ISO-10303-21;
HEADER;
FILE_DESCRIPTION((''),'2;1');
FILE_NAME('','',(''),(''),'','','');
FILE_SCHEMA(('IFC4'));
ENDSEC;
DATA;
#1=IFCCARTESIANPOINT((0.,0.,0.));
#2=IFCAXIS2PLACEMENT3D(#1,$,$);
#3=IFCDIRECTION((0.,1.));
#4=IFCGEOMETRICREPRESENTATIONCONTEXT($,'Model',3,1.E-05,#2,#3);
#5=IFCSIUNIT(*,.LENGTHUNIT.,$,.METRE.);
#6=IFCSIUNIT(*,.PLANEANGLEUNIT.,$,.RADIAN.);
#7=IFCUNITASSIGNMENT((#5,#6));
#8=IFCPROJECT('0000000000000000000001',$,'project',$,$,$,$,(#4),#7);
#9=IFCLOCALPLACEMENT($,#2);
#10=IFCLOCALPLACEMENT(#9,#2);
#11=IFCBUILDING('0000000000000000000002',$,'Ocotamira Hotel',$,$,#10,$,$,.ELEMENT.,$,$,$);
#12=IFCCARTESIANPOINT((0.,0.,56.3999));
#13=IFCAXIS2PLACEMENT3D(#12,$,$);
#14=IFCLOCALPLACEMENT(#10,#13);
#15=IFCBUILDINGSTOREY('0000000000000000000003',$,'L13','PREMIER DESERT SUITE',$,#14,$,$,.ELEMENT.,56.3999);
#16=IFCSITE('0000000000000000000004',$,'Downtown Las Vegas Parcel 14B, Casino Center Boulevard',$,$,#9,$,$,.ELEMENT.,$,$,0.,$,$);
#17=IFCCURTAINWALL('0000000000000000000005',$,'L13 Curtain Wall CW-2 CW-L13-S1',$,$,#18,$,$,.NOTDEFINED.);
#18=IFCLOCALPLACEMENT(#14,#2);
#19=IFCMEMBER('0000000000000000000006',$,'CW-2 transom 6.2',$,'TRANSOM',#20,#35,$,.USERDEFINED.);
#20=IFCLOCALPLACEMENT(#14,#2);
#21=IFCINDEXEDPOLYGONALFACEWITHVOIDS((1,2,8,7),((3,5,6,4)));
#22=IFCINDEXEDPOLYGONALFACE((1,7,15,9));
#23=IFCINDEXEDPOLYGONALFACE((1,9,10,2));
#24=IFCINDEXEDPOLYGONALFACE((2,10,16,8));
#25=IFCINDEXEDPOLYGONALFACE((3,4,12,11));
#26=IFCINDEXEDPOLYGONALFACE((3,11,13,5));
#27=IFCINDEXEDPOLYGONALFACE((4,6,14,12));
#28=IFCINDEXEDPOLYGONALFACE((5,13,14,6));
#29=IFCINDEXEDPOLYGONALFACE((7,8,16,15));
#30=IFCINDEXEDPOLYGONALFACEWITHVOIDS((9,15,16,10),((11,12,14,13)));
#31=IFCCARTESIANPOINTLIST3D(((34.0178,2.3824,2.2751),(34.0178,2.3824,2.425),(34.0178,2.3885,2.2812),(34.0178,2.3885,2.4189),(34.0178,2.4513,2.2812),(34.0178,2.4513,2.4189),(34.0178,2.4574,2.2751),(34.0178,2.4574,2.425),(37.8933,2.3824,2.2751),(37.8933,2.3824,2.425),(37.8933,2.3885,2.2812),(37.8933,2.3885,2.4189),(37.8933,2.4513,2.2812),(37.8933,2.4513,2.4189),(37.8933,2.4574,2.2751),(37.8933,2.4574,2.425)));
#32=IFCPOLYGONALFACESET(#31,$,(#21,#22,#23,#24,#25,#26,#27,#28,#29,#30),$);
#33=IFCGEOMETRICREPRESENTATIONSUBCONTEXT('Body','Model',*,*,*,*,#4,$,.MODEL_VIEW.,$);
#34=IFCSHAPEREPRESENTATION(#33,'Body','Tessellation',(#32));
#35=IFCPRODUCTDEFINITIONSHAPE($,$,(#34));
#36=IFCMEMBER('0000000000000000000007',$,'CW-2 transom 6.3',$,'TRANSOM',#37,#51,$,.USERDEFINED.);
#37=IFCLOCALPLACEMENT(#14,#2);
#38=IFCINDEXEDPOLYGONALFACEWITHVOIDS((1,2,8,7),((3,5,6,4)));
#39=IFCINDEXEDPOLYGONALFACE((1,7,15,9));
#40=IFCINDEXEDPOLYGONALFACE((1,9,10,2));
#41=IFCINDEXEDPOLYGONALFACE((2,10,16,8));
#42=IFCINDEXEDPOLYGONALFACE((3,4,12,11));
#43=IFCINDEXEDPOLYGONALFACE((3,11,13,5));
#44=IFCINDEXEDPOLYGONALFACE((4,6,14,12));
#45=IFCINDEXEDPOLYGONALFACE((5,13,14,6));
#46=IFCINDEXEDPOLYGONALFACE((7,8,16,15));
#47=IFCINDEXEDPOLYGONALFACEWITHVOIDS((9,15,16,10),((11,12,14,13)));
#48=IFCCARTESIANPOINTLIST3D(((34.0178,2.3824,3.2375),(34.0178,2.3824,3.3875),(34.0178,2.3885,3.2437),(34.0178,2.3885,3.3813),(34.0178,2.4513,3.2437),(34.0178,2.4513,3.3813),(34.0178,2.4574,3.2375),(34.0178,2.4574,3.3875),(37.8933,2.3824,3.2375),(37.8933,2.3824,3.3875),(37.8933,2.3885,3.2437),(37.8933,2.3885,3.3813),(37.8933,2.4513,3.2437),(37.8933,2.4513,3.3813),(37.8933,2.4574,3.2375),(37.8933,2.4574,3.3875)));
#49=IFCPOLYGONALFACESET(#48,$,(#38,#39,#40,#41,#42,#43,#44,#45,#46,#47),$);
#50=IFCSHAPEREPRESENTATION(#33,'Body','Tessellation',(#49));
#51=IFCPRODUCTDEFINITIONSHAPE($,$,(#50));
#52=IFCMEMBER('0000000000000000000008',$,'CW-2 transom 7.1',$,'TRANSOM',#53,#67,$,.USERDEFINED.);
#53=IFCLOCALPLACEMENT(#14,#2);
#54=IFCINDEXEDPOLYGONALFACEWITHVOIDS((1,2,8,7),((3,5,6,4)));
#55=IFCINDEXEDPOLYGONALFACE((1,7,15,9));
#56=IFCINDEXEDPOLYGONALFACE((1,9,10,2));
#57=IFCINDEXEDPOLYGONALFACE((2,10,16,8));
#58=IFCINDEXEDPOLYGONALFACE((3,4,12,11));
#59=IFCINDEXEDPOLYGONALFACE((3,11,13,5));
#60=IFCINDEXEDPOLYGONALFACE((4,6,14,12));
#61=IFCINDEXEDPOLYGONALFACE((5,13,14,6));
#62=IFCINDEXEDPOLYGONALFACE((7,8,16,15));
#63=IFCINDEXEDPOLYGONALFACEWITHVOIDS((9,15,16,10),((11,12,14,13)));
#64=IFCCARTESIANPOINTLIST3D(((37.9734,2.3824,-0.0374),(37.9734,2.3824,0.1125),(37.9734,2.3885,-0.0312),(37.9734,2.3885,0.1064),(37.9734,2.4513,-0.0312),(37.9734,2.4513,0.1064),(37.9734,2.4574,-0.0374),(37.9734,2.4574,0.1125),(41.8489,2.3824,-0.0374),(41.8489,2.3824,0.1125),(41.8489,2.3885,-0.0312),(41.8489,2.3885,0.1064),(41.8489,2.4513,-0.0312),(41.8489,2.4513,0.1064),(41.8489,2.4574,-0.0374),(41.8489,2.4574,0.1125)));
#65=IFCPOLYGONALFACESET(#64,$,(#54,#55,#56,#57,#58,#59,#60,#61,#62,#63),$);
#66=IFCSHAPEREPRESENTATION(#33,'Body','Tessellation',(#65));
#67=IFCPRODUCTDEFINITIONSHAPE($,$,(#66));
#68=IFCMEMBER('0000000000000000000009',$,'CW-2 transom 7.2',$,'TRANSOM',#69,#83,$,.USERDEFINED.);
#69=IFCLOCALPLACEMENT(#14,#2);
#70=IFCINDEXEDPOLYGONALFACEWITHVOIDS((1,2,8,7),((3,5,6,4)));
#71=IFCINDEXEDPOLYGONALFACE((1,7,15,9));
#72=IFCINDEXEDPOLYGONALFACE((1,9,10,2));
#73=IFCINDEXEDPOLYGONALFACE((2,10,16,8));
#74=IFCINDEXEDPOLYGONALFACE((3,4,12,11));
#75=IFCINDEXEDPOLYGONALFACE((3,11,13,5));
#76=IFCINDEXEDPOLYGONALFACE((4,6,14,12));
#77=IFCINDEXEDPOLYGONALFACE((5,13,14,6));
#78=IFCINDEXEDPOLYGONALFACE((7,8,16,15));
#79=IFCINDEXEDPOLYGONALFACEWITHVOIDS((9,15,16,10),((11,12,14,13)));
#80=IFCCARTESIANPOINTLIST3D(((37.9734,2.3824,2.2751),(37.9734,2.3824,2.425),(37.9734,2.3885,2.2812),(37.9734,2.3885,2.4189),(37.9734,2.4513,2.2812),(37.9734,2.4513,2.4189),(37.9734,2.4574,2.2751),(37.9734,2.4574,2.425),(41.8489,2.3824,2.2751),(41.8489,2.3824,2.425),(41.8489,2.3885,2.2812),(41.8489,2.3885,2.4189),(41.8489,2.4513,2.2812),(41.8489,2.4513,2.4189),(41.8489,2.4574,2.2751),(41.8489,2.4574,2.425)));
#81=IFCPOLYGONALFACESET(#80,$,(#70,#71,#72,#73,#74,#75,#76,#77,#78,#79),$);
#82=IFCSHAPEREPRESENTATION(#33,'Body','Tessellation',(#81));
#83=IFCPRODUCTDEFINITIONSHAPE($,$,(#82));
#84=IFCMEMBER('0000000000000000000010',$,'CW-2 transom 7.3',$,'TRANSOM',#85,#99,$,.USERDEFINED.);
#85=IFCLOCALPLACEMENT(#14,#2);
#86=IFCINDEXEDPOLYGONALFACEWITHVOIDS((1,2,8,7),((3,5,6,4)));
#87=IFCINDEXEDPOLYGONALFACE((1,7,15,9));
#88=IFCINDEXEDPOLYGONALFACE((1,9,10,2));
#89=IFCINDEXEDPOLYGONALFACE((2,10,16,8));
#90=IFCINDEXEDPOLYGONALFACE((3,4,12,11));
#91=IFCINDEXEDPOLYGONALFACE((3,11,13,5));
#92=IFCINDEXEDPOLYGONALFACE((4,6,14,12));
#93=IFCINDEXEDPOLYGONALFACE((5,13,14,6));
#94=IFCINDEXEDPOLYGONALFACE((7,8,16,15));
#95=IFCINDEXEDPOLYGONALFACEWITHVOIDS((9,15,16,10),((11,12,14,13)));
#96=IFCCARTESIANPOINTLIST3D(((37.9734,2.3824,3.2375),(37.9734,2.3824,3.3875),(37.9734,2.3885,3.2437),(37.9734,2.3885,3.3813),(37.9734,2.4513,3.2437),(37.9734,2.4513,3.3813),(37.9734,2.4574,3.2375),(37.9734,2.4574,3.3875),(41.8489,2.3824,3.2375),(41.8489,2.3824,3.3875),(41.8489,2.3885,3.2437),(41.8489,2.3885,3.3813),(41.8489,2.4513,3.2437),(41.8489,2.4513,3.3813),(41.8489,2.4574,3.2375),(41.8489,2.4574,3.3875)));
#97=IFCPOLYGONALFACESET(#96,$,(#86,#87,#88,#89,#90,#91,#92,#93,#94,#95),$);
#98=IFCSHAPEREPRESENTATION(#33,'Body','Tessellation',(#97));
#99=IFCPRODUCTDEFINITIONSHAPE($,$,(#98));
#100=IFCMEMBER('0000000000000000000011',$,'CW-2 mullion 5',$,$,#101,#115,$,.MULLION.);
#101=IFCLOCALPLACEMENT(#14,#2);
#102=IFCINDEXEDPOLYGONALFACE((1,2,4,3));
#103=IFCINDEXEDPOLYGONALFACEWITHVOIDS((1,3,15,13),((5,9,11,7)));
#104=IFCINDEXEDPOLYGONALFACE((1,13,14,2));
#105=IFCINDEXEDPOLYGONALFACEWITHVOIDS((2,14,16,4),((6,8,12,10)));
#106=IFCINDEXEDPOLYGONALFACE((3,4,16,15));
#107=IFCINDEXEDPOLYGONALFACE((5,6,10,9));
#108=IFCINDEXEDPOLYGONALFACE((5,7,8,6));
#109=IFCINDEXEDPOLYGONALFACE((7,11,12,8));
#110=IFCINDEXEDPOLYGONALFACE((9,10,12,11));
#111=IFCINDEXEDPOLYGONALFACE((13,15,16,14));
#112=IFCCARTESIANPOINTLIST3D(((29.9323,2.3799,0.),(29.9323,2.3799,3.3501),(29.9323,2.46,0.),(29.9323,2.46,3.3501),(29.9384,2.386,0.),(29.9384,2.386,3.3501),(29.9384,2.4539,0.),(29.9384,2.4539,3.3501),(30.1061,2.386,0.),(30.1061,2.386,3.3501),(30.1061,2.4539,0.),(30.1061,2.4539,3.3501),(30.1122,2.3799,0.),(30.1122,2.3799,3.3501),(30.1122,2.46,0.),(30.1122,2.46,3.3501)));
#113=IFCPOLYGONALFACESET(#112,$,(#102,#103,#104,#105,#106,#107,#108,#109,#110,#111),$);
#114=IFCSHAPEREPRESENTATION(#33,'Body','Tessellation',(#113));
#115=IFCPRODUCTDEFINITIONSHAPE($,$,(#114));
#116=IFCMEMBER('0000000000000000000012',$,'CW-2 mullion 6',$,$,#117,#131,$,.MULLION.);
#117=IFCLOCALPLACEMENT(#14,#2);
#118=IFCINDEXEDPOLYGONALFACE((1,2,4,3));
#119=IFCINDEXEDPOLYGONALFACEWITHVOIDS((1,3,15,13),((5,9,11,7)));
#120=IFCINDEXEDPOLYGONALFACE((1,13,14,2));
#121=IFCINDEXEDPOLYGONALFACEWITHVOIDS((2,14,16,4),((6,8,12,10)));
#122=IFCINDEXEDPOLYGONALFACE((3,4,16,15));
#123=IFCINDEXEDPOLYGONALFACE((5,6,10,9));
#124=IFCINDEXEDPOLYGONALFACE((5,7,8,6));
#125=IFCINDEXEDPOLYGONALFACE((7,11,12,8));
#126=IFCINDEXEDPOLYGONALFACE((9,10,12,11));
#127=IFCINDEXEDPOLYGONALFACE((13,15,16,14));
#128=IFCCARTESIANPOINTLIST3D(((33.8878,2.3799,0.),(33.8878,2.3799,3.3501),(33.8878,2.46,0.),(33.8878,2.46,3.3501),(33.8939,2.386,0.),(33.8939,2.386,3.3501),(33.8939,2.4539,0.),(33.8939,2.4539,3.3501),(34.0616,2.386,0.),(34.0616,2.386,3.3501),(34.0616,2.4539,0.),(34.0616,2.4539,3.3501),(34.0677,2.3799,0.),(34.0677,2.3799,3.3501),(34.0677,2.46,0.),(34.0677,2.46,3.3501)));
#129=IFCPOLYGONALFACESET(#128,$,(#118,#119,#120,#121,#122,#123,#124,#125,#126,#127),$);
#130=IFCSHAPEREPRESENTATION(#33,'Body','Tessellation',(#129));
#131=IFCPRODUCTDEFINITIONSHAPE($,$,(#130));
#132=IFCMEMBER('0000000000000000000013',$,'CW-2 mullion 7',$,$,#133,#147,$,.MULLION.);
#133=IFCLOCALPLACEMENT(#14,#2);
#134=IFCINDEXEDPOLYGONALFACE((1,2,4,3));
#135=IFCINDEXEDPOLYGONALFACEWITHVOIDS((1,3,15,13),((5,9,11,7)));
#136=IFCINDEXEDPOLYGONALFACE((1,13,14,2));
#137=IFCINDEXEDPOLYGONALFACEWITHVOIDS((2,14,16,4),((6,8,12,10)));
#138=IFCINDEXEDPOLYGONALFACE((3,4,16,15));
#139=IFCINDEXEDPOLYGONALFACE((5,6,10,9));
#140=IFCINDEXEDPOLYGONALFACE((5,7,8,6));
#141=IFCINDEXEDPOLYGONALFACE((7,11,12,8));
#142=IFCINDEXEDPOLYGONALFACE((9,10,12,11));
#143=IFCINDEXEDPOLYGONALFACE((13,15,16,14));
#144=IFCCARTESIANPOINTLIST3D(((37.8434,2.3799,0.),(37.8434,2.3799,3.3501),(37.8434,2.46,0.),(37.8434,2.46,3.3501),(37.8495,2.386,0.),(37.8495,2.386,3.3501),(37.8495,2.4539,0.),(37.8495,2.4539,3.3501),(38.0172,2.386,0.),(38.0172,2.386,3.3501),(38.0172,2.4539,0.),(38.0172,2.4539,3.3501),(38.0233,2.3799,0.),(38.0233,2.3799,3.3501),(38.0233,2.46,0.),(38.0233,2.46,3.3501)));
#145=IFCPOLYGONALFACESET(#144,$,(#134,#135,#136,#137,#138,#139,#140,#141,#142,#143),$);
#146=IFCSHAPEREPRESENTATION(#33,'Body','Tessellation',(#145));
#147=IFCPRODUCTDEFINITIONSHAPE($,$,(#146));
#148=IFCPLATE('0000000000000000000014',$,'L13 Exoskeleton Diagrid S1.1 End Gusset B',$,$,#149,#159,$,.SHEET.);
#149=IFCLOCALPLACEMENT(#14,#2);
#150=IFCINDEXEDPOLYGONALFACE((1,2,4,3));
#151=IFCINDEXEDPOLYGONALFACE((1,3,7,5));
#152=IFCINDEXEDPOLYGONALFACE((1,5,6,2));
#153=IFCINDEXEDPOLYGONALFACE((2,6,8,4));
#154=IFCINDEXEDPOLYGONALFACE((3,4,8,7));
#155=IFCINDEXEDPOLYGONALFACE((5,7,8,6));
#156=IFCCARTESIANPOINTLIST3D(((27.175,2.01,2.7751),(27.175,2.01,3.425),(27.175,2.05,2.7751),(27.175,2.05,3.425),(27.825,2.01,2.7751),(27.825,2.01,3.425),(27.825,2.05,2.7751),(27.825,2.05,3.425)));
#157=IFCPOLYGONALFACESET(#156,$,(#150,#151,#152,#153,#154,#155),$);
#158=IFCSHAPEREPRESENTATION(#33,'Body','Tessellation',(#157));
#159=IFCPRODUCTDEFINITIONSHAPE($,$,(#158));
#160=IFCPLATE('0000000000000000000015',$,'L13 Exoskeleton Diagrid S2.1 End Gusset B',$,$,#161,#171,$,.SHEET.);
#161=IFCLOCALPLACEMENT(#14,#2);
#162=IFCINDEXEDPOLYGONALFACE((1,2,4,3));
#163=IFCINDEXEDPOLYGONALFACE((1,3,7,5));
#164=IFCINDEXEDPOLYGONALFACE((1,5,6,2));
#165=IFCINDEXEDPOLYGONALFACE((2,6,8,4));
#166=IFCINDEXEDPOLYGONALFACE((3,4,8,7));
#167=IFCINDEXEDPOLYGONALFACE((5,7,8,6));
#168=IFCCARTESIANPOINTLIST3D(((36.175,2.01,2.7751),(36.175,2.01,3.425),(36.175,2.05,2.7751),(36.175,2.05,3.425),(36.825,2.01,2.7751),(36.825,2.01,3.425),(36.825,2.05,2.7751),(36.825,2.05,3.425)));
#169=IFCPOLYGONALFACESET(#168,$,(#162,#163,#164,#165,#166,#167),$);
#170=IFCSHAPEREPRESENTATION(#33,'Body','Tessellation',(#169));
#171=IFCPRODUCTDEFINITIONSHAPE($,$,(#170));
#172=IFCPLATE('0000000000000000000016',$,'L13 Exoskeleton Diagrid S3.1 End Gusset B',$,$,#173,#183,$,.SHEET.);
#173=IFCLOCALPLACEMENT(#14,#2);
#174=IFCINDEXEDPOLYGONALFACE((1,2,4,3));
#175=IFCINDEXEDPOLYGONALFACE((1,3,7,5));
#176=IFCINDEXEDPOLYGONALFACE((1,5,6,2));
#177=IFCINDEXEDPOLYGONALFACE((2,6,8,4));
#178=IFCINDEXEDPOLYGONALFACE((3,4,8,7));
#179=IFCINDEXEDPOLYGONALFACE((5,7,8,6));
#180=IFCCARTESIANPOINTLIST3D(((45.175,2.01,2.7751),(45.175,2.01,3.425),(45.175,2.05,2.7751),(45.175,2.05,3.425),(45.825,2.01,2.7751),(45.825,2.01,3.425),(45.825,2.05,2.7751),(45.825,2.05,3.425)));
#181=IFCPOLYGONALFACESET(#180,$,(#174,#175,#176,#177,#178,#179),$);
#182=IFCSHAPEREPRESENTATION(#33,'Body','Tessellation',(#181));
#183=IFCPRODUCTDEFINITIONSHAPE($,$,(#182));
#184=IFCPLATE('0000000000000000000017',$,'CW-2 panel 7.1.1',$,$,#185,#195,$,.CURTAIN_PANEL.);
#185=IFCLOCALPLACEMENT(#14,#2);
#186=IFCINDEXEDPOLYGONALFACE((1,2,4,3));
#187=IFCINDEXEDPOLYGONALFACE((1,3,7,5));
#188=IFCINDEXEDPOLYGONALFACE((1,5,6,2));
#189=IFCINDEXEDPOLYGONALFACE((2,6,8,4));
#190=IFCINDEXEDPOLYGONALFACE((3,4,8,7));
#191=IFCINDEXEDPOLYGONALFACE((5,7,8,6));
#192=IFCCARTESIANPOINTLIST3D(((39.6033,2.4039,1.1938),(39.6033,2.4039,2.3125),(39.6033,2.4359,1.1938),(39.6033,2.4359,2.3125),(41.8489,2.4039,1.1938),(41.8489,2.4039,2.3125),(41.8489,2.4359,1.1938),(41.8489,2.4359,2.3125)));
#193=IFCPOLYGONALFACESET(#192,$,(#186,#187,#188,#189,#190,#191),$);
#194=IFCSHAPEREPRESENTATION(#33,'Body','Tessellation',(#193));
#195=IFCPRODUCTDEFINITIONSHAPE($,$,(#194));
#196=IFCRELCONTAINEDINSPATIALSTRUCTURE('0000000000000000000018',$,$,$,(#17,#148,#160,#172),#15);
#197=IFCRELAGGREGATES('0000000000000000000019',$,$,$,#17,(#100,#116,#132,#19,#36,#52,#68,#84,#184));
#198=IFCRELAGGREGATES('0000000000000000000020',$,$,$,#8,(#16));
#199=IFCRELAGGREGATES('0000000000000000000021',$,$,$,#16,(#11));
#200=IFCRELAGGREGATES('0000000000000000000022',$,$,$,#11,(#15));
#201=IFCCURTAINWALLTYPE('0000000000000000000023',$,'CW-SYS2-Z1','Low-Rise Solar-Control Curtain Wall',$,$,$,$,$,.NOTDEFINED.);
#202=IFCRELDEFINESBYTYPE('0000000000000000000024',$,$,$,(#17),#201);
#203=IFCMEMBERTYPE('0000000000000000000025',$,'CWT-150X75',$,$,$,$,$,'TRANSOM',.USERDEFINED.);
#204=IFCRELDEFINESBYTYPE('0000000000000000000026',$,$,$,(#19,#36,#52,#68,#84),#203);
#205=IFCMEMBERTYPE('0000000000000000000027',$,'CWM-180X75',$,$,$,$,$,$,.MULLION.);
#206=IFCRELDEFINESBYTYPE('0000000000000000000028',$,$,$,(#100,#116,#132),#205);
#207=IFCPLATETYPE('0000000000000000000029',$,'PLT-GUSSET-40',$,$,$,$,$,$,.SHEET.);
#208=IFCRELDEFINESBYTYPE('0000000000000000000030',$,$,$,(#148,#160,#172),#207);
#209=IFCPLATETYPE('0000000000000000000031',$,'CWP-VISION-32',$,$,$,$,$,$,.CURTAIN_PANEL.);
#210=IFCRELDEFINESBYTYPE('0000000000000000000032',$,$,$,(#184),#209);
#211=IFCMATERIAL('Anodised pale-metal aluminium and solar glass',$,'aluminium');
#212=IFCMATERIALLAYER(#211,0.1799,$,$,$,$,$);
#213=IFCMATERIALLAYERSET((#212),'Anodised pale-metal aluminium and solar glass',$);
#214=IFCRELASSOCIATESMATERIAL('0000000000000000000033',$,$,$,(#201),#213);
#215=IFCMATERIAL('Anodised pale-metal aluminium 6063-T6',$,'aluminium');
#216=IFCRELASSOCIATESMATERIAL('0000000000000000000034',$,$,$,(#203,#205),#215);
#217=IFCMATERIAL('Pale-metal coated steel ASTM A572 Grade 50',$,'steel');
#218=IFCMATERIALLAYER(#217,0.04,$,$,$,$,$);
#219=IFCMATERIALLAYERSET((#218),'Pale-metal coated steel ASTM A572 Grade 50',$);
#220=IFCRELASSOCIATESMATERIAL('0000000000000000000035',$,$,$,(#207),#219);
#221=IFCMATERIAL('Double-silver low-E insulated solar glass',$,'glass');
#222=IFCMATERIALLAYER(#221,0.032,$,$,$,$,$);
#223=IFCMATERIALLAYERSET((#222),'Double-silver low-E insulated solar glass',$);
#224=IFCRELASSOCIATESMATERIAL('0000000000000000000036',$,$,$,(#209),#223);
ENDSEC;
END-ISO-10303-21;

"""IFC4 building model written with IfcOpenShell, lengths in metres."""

from ifc_helpers import new_model, si_unit, direction, frame, origin, origin_2d, place, context, subcontext, project, spatial, rectangle, hollow_rectangle, extrude, source, transform, mapped, material, layer, layer_set, material_profile, profile_set, type_object, element, aggregate, save


model = new_model("IFC4")

# Units and contexts
model_context = context("Model", 3, precision=1e-05, world=origin(), true_north=direction((0.0, 1.0)))
body_context = subcontext(model_context, "Body", "Model", "MODEL_VIEW")
ifc_project = project(units=[si_unit("LENGTHUNIT", "METRE"), si_unit("PLANEANGLEUNIT", "RADIAN")], contexts=[model_context])

# Site, building, storey
site_placement = place(None, origin())
site = spatial("IfcSite", under=ifc_project, at=site_placement, Name="Downtown Las Vegas Parcel 14B, Casino Center Boulevard", CompositionType="ELEMENT", RefElevation=0.0)
building_placement = place(site_placement, origin())
building = spatial("IfcBuilding", under=site, at=building_placement, Name="Ocotamira Hotel", CompositionType="ELEMENT")
storey_placement = place(building_placement, frame((0.0, 0.0, 56.3999)))
storey = spatial("IfcBuildingStorey", under=building, at=storey_placement, Name="L13", Description="PREMIER DESERT SUITE", CompositionType="ELEMENT", Elevation=56.3999)

# Curtain wall, members
ifc_material_1 = material(Name="Anodised pale-metal aluminium and solar glass", Category="aluminium")
ifc_layer_1 = layer(ifc_material_1, 0.1799)
ifc_layer_set_1 = layer_set([ifc_layer_1], Name="Anodised pale-metal aluminium and solar glass")
curtain_wall_type = type_object("IfcCurtainWallType", Name="CW-SYS2-Z1", Description="Low-Rise Solar-Control Curtain Wall", PredefinedType="NOTDEFINED", material=ifc_layer_set_1)
curtain_wall_placement = place(storey_placement, origin())
curtain_wall = element("IfcCurtainWall", 1, at=curtain_wall_placement, inside=storey, type_object=curtain_wall_type, Name="L13 Curtain Wall CW-2 CW-L13-S1", PredefinedType="NOTDEFINED")
ifc_material_2 = material(Name="Anodised pale-metal aluminium 6063-T6", Category="aluminium")
ifc_material_profile_1 = material_profile(ifc_material_2, hollow_rectangle(XDim=0.075, YDim=0.1499, WallThickness=0.0061, at=origin_2d()), Name="HSS150X75X6")
ifc_profile_set_1 = profile_set([ifc_material_profile_1], Name="Anodised pale-metal aluminium 6063-T6")
member_type_1 = type_object("IfcMemberType", Name="CWT-150X75", ElementType="TRANSOM", PredefinedType="USERDEFINED", material=ifc_profile_set_1)
shared_shape_1 = source(origin(), body_context, "Body", "SweptSolid", [
    extrude(hollow_rectangle(XDim=0.075, YDim=0.1499, WallThickness=0.0061, at=origin_2d()), origin(), (0.0, 0.0, 1.0), 3.8755),
])
member_1_placement = place(storey_placement, frame((34.0178, 2.4199, 2.3501), z_axis=(1.0, 0.0, 0.0), x_axis=(0.0, 1.0, 0.0)))
member_1 = element("IfcMember", 2, at=member_1_placement, type_object=member_type_1, Name="CW-2 transom 6.2", ObjectType="TRANSOM", PredefinedType="USERDEFINED", context=body_context, shape_type="MappedRepresentation", body=[
    mapped(shared_shape_1, transform((0.0, 0.0, 0.0), scale=1.0)),
])
member_2_placement = place(storey_placement, frame((34.0178, 2.4199, 3.3125), z_axis=(1.0, 0.0, 0.0), x_axis=(0.0, 1.0, 0.0)))
member_2 = element("IfcMember", 3, at=member_2_placement, type_object=member_type_1, Name="CW-2 transom 6.3", ObjectType="TRANSOM", PredefinedType="USERDEFINED", context=body_context, shape_type="MappedRepresentation", body=[
    mapped(shared_shape_1, transform((0.0, 0.0, 0.0), scale=1.0)),
])
member_3_placement = place(storey_placement, frame((37.9734, 2.4199, 0.0376), z_axis=(1.0, 0.0, 0.0), x_axis=(0.0, 1.0, 0.0)))
member_3 = element("IfcMember", 4, at=member_3_placement, type_object=member_type_1, Name="CW-2 transom 7.1", ObjectType="TRANSOM", PredefinedType="USERDEFINED", context=body_context, shape_type="MappedRepresentation", body=[
    mapped(shared_shape_1, transform((0.0, 0.0, 0.0), scale=1.0)),
])
member_4_placement = place(storey_placement, frame((37.9734, 2.4199, 2.3501), z_axis=(1.0, 0.0, 0.0), x_axis=(0.0, 1.0, 0.0)))
member_4 = element("IfcMember", 5, at=member_4_placement, type_object=member_type_1, Name="CW-2 transom 7.2", ObjectType="TRANSOM", PredefinedType="USERDEFINED", context=body_context, shape_type="MappedRepresentation", body=[
    mapped(shared_shape_1, transform((0.0, 0.0, 0.0), scale=1.0)),
])
member_5_placement = place(storey_placement, frame((37.9734, 2.4199, 3.3125), z_axis=(1.0, 0.0, 0.0), x_axis=(0.0, 1.0, 0.0)))
member_5 = element("IfcMember", 6, at=member_5_placement, type_object=member_type_1, Name="CW-2 transom 7.3", ObjectType="TRANSOM", PredefinedType="USERDEFINED", context=body_context, shape_type="MappedRepresentation", body=[
    mapped(shared_shape_1, transform((0.0, 0.0, 0.0), scale=1.0)),
])
ifc_material_profile_2 = material_profile(ifc_material_2, hollow_rectangle(XDim=0.0801, YDim=0.1799, WallThickness=0.0061, at=origin_2d()), Name="HSS180X80X6")
ifc_profile_set_2 = profile_set([ifc_material_profile_2], Name="Anodised pale-metal aluminium 6063-T6")
member_type_2 = type_object("IfcMemberType", Name="CWM-180X75", PredefinedType="MULLION", material=ifc_profile_set_2)
shared_shape_2 = source(origin(), body_context, "Body", "SweptSolid", [
    extrude(hollow_rectangle(XDim=0.0801, YDim=0.1799, WallThickness=0.0061, at=origin_2d()), origin(), (0.0, 0.0, 1.0), 3.3501),
])
member_6_placement = place(storey_placement, frame((30.0222, 2.4199, 0.0), z_axis=(0.0, 0.0, 1.0), x_axis=(0.0, 1.0, 0.0)))
member_6 = element("IfcMember", 7, at=member_6_placement, type_object=member_type_2, Name="CW-2 mullion 5", PredefinedType="MULLION", context=body_context, shape_type="MappedRepresentation", body=[
    mapped(shared_shape_2, transform((0.0, 0.0, 0.0), scale=1.0)),
])
member_7_placement = place(storey_placement, frame((33.9778, 2.4199, 0.0), z_axis=(0.0, 0.0, 1.0), x_axis=(0.0, 1.0, 0.0)))
member_7 = element("IfcMember", 8, at=member_7_placement, type_object=member_type_2, Name="CW-2 mullion 6", PredefinedType="MULLION", context=body_context, shape_type="MappedRepresentation", body=[
    mapped(shared_shape_2, transform((0.0, 0.0, 0.0), scale=1.0)),
])
member_8_placement = place(storey_placement, frame((37.9333, 2.4199, 0.0), z_axis=(0.0, 0.0, 1.0), x_axis=(0.0, 1.0, 0.0)))
member_8 = element("IfcMember", 9, at=member_8_placement, type_object=member_type_2, Name="CW-2 mullion 7", PredefinedType="MULLION", context=body_context, shape_type="MappedRepresentation", body=[
    mapped(shared_shape_2, transform((0.0, 0.0, 0.0), scale=1.0)),
])

# Plates
ifc_material_3 = material(Name="Pale-metal coated steel ASTM A572 Grade 50", Category="steel")
ifc_layer_2 = layer(ifc_material_3, 0.04)
ifc_layer_set_2 = layer_set([ifc_layer_2], Name="Pale-metal coated steel ASTM A572 Grade 50")
plate_type_1 = type_object("IfcPlateType", Name="PLT-GUSSET-40", PredefinedType="SHEET", material=ifc_layer_set_2)
shared_shape_3 = source(origin(), body_context, "Body", "SweptSolid", [
    extrude(rectangle(XDim=0.6499, YDim=0.04, at=origin_2d()), origin(), (0.0, 0.0, 1.0), 0.6499),
])
for number, where, z_axis, x_axis, name in (
    (10, (27.5, 2.03, 2.7751), (0.0, 0.0, 1.0), (1.0, 0.0, 0.0), "L13 Exoskeleton Diagrid S1.1 End Gusset B"),
    (11, (36.5, 2.03, 2.7751), (0.0, 0.0, 1.0), (1.0, 0.0, 0.0), "L13 Exoskeleton Diagrid S2.1 End Gusset B"),
    (12, (45.5, 2.03, 2.7751), (0.0, 0.0, 1.0), (1.0, 0.0, 0.0), "L13 Exoskeleton Diagrid S3.1 End Gusset B"),
):
    element("IfcPlate", number, at=place(storey_placement, frame(where, z_axis=z_axis, x_axis=x_axis)), inside=storey, type_object=plate_type_1, Name=name, PredefinedType="SHEET", context=body_context, shape_type="MappedRepresentation", body=[
        mapped(shared_shape_3, transform((0.0, 0.0, 0.0), scale=1.0)),
    ])

# Plate
ifc_material_4 = material(Name="Double-silver low-E insulated solar glass", Category="glass")
ifc_layer_3 = layer(ifc_material_4, 0.032)
ifc_layer_set_3 = layer_set([ifc_layer_3], Name="Double-silver low-E insulated solar glass")
plate_type_2 = type_object("IfcPlateType", Name="CWP-VISION-32", PredefinedType="CURTAIN_PANEL", material=ifc_layer_set_3)
shared_shape_4 = source(origin(), body_context, "Body", "SweptSolid", [
    extrude(rectangle(XDim=2.2456, YDim=0.032, at=origin_2d()), origin(), (0.0, 0.0, 1.0), 1.1187),
])
plate_1_placement = place(storey_placement, frame((40.7261, 2.4199, 1.1938), z_axis=(0.0, 0.0, 1.0), x_axis=(1.0, 0.0, 0.0)))
plate_1 = element("IfcPlate", 13, at=plate_1_placement, type_object=plate_type_2, Name="CW-2 panel 7.1.1", PredefinedType="CURTAIN_PANEL", context=body_context, shape_type="MappedRepresentation", body=[
    mapped(shared_shape_4, transform((0.0, 0.0, 0.0), scale=1.0)),
])
aggregate(curtain_wall, [member_6, member_7, member_8, member_1, member_2, member_3, member_4, member_5, plate_1])

save(model, "model.ifc")
